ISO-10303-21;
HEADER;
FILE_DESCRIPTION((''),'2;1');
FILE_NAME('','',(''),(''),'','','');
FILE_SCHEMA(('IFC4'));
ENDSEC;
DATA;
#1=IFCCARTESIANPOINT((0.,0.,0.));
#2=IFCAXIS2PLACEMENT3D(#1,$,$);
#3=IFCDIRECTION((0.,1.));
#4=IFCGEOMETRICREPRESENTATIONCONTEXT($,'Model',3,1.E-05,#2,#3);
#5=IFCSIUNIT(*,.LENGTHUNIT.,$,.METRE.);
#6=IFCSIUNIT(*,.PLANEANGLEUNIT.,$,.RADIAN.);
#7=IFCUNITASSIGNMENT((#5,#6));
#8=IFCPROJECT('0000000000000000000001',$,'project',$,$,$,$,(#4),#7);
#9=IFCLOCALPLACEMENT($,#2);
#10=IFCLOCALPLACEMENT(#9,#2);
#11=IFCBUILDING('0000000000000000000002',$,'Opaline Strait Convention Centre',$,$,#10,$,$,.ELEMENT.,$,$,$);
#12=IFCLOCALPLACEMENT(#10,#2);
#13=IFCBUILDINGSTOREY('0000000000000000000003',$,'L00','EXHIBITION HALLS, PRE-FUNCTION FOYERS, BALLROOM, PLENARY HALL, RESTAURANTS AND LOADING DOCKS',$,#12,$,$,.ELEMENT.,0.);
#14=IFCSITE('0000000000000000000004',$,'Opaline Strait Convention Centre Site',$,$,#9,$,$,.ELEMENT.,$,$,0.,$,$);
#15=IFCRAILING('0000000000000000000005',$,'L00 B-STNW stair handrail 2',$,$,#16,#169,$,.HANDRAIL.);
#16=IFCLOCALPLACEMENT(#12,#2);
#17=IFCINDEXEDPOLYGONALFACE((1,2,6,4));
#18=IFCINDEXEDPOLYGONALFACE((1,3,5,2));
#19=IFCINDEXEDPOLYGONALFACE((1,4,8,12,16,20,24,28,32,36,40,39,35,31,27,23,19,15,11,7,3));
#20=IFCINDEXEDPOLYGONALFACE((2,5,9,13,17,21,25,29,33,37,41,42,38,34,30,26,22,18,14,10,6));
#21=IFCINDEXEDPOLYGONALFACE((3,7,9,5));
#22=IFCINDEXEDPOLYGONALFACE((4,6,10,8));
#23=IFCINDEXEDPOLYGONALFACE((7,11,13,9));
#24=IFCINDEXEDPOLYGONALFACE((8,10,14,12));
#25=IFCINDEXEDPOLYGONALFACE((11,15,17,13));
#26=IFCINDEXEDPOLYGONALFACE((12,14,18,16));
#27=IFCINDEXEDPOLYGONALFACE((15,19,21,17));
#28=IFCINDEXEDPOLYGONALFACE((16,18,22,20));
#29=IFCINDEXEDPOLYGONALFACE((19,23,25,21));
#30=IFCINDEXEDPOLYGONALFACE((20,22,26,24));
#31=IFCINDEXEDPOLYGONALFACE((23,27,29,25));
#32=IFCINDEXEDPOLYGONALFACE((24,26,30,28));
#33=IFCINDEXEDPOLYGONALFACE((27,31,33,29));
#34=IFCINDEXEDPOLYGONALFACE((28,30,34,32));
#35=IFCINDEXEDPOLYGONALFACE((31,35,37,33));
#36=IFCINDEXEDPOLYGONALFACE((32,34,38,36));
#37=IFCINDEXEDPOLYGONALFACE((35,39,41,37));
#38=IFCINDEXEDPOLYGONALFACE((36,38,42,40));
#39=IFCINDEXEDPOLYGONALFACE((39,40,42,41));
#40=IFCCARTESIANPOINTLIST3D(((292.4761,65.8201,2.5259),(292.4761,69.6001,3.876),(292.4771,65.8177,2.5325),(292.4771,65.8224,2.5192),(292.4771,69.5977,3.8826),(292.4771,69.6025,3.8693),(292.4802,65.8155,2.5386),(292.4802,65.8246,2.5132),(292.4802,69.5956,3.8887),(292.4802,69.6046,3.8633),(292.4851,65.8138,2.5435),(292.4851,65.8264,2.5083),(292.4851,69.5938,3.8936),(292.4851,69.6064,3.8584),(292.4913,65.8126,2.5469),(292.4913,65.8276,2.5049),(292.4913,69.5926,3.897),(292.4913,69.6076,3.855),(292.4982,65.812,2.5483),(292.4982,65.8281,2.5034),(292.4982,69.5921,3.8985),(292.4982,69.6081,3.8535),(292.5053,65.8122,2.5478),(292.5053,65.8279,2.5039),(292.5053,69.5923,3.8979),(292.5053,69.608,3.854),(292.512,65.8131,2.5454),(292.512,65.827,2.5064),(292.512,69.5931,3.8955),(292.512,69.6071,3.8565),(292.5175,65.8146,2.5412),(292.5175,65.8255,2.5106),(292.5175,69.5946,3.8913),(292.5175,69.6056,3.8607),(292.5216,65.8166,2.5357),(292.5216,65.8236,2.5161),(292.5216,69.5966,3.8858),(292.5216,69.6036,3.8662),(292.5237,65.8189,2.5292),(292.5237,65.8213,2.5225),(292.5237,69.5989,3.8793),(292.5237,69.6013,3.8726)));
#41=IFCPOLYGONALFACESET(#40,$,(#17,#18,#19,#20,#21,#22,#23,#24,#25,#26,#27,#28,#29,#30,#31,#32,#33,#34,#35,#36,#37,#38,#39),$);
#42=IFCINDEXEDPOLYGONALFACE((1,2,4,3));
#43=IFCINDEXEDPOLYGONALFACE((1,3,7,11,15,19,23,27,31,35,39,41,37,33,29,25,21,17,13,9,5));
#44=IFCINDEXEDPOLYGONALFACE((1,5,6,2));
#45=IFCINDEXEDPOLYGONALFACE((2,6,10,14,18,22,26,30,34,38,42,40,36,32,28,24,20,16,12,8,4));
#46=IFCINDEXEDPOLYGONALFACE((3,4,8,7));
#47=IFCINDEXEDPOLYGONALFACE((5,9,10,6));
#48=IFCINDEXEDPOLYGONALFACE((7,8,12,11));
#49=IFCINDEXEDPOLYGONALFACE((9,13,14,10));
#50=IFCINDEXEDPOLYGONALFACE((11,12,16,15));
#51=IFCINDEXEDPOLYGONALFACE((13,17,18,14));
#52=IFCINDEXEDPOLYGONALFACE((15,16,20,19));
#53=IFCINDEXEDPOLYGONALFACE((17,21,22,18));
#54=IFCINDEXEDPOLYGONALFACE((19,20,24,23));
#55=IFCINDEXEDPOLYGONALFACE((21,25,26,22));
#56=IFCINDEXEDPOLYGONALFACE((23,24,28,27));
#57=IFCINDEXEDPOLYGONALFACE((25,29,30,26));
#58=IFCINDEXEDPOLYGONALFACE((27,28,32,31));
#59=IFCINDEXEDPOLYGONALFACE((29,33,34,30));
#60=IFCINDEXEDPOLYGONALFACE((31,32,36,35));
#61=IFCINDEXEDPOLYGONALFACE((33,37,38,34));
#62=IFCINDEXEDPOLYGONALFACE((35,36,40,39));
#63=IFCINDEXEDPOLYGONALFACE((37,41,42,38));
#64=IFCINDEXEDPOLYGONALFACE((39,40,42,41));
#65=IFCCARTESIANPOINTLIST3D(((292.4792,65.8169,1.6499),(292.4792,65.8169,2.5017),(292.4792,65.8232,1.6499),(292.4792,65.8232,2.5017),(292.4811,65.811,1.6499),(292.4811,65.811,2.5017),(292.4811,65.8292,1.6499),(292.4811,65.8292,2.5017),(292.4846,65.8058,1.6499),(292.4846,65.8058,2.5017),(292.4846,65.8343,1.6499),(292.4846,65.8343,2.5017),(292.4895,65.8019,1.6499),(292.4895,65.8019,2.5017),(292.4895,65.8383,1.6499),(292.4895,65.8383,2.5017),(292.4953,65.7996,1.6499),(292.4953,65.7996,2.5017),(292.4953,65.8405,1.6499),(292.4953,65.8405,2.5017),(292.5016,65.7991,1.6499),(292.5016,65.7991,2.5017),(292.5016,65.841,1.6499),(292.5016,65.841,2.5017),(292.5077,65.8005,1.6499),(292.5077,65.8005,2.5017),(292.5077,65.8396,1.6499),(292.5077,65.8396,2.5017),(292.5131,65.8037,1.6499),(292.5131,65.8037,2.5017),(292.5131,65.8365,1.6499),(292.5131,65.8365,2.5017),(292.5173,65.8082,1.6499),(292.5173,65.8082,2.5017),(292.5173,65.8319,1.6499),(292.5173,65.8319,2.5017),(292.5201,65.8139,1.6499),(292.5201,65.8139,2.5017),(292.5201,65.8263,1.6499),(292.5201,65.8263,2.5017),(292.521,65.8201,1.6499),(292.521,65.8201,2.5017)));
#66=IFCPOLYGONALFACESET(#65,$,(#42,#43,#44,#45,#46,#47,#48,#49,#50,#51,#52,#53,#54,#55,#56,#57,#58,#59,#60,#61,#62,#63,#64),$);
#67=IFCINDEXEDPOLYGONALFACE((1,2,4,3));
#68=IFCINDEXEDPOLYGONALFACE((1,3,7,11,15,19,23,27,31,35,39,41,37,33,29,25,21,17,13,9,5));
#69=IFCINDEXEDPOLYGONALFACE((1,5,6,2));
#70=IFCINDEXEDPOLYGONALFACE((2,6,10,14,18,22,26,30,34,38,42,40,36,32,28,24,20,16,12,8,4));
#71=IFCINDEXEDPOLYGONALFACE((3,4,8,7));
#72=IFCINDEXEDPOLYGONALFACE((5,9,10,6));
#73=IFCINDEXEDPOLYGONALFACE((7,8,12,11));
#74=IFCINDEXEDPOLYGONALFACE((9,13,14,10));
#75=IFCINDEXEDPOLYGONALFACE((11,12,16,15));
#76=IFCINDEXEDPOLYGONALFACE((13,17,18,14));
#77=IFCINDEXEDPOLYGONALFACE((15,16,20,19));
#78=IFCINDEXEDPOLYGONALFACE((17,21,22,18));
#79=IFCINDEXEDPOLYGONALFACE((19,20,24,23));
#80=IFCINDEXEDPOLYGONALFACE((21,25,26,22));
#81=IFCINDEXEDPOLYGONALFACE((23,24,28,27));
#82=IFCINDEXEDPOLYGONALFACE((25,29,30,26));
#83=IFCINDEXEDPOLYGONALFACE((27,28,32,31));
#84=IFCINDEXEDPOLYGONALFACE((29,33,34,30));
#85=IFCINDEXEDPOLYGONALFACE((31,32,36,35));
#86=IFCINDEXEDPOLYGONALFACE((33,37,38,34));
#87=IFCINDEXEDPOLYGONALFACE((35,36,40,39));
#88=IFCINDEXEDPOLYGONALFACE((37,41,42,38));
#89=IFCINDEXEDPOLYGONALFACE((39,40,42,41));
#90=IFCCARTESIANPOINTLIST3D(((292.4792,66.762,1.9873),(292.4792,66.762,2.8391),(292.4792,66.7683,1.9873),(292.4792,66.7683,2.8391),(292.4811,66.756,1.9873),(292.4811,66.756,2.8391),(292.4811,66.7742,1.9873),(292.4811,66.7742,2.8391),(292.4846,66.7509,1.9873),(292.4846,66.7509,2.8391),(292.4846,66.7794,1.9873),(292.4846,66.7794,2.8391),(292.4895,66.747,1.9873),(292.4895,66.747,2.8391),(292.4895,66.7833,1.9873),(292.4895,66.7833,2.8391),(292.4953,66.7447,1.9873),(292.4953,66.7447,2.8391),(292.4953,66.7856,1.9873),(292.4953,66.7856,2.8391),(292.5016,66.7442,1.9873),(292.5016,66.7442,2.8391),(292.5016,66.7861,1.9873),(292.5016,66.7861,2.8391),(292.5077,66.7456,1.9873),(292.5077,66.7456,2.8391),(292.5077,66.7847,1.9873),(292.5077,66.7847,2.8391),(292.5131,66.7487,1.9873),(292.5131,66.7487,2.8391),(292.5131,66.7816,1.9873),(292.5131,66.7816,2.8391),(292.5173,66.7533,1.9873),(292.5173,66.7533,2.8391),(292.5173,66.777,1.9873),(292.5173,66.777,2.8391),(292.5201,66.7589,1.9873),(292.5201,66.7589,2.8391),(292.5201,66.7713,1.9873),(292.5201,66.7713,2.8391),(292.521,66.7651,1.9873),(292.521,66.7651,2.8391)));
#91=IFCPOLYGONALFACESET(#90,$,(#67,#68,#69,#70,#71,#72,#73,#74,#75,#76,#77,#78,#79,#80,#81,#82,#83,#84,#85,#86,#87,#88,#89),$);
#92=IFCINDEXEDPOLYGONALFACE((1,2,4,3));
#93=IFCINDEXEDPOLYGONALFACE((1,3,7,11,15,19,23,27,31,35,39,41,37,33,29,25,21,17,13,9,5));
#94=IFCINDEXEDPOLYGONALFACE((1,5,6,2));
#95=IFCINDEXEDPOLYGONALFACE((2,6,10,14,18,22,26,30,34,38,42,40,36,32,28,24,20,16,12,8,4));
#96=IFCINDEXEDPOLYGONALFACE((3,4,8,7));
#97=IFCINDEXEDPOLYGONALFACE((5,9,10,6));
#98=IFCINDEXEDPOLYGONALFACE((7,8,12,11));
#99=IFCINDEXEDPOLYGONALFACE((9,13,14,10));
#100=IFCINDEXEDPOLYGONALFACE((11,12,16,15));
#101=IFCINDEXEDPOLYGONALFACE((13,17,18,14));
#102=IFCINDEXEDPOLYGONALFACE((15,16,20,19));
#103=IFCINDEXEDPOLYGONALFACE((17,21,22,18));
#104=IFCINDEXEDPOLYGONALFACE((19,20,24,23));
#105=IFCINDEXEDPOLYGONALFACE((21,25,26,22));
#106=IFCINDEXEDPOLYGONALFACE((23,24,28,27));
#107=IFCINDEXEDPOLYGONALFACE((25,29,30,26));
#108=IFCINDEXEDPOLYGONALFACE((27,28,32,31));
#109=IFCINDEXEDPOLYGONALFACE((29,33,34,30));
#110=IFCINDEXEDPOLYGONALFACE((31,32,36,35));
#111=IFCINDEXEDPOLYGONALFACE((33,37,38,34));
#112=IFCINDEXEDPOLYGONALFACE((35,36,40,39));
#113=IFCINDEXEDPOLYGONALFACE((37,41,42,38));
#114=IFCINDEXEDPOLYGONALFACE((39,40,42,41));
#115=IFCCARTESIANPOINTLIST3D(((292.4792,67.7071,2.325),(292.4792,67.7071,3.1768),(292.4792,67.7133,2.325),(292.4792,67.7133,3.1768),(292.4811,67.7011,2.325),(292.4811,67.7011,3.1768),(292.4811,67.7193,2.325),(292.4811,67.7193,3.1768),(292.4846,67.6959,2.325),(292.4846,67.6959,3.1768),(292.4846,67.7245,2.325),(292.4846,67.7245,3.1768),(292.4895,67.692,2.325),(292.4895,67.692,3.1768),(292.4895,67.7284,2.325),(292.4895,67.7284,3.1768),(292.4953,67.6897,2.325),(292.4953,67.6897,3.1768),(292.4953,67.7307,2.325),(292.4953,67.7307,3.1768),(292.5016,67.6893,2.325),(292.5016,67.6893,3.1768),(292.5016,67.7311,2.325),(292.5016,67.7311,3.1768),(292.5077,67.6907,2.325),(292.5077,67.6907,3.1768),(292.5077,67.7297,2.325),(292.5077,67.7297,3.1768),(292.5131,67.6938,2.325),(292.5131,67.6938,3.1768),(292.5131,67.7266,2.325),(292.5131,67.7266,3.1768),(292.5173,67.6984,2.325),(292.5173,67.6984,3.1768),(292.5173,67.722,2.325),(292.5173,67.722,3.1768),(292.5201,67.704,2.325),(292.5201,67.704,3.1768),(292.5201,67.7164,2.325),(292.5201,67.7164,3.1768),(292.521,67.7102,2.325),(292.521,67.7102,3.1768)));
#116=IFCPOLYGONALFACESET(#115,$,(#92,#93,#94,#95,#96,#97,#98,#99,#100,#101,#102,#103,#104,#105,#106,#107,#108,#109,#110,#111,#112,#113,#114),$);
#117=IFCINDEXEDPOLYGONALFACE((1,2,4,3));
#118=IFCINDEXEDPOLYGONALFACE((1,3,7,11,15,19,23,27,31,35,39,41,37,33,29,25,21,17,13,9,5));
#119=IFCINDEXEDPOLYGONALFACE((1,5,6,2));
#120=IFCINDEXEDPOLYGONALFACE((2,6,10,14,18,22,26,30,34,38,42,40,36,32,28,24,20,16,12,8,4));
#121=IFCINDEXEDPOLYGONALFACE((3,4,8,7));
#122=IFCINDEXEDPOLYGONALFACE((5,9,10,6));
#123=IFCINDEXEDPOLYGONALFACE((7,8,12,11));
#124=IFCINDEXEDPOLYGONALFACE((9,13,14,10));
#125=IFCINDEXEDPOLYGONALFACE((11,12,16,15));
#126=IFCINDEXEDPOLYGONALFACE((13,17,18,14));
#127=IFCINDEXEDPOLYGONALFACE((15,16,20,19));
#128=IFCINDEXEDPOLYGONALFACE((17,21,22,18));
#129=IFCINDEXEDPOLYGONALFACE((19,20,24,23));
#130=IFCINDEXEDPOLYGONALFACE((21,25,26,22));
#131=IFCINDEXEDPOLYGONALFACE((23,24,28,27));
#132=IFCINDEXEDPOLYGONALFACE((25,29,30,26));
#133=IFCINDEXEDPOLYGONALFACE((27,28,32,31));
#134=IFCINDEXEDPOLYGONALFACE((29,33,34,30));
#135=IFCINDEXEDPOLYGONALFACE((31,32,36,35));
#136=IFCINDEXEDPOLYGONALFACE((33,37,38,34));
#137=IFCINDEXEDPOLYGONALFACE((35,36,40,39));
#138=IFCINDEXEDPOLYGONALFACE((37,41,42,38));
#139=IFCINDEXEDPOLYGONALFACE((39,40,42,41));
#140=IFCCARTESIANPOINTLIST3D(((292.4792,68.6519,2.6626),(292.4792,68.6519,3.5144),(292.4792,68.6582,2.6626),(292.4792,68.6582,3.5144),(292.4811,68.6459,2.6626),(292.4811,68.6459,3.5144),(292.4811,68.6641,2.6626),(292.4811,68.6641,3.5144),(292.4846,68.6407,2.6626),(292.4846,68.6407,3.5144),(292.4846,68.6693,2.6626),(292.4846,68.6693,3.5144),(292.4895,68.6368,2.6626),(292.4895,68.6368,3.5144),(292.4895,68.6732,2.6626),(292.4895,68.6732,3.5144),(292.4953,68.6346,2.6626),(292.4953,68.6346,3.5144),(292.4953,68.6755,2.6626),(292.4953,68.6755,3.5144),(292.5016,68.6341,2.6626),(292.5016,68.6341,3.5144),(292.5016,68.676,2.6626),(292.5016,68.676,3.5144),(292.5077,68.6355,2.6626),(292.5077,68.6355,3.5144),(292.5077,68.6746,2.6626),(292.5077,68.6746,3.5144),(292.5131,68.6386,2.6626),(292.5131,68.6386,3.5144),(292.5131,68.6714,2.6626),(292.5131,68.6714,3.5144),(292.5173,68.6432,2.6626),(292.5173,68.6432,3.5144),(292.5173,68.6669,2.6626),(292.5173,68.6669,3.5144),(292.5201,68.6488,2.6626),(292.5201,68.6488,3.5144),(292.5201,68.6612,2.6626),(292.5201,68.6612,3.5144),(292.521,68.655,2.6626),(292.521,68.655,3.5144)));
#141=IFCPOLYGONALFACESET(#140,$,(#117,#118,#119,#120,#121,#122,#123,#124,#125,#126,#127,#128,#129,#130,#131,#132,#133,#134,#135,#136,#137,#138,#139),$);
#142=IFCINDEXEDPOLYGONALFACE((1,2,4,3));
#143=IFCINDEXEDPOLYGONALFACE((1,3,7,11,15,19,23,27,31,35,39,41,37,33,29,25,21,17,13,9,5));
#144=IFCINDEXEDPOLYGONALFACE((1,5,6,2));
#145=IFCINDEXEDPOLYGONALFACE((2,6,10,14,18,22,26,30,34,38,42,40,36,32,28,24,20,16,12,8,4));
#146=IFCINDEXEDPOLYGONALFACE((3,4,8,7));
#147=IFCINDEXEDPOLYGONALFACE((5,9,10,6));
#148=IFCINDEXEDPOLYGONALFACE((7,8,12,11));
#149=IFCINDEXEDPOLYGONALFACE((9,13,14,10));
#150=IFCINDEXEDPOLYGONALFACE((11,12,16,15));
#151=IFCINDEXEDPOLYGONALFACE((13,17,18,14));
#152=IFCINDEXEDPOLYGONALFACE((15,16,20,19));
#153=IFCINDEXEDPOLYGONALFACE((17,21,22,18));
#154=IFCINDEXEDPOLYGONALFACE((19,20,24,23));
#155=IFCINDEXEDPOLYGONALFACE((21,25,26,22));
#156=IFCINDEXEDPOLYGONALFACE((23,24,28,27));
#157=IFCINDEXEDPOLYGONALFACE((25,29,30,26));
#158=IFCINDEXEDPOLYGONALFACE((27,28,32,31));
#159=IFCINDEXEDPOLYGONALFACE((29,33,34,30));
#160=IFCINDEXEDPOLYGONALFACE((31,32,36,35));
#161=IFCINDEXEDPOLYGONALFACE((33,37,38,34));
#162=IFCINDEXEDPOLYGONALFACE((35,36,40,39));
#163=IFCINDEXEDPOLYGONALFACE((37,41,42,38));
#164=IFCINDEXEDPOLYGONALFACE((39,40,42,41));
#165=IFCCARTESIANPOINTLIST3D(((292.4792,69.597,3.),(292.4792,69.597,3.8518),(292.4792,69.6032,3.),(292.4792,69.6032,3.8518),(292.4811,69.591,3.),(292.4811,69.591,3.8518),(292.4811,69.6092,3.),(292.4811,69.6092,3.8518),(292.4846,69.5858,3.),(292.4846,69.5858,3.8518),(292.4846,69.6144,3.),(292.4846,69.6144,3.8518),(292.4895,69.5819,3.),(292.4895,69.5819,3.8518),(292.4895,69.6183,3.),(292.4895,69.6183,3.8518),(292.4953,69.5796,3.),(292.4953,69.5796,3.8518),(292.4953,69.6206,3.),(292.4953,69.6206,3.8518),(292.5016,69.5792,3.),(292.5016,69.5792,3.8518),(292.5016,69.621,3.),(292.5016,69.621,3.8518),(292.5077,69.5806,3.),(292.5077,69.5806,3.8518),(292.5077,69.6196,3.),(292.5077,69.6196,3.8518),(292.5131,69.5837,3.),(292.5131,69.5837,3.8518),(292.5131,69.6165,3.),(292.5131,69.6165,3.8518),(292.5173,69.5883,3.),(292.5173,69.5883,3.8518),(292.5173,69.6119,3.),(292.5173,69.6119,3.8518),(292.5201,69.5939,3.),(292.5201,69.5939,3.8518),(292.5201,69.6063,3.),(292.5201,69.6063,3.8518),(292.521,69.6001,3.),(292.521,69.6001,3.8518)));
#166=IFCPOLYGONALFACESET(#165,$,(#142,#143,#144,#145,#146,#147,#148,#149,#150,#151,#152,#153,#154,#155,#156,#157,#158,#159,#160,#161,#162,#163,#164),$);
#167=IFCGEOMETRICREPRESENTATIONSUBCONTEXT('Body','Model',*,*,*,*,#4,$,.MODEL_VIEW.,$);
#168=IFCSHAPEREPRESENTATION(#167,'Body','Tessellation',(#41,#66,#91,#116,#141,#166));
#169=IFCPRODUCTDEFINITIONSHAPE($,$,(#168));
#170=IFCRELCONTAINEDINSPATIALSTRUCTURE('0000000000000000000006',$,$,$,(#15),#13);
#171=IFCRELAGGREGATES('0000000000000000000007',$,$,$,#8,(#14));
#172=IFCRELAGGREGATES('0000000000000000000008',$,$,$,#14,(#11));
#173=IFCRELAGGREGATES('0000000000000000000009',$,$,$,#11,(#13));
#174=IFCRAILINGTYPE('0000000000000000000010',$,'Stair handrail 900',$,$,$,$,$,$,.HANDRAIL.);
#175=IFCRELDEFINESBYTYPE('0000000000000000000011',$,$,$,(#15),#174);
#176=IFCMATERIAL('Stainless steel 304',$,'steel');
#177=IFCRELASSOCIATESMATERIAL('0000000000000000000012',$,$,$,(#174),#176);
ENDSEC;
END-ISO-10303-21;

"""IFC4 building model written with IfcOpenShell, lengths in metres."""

from ifc_helpers import new_model, si_unit, direction, frame, origin, origin_2d, place, context, subcontext, project, spatial, circle, extrude, material, type_object, element, save


model = new_model("IFC4")

# Units and contexts
model_context = context("Model", 3, precision=1e-05, world=origin(), true_north=direction((0.0, 1.0)))
body_context = subcontext(model_context, "Body", "Model", "MODEL_VIEW")
ifc_project = project(units=[si_unit("LENGTHUNIT", "METRE"), si_unit("PLANEANGLEUNIT", "RADIAN")], contexts=[model_context])

# Site, building, storey
site_placement = place(None, origin())
site = spatial("IfcSite", under=ifc_project, at=site_placement, Name="Opaline Strait Convention Centre Site", CompositionType="ELEMENT", RefElevation=0.0)
building_placement = place(site_placement, origin())
building = spatial("IfcBuilding", under=site, at=building_placement, Name="Opaline Strait Convention Centre", CompositionType="ELEMENT")
storey_placement = place(building_placement, origin())
storey = spatial("IfcBuildingStorey", under=building, at=storey_placement, Name="L00", Description="EXHIBITION HALLS, PRE-FUNCTION FOYERS, BALLROOM, PLENARY HALL, RESTAURANTS AND LOADING DOCKS", CompositionType="ELEMENT", Elevation=0.0)

# Railing
ifc_material_1 = material(Name="Stainless steel 304", Category="steel")
railing_type_1 = type_object("IfcRailingType", Name="Stair handrail 900", PredefinedType="HANDRAIL", material=ifc_material_1)
railing_1_placement = place(storey_placement, frame((292.5, 65.8201, 1.6499)))
element("IfcRailing", 1, at=railing_1_placement, inside=storey, type_object=railing_type_1, Name="L00 B-STNW stair handrail 2", PredefinedType="HANDRAIL", context=body_context, shape_type="SweptSolid", body=[
    extrude(circle(Radius=0.0239, at=origin_2d()), frame((0.0, 0.0, 0.876), z_axis=(0.0, 0.941735, 0.336356), x_axis=(-1.0, 0.0, 0.0)), (0.0, 0.0, 1.0), 4.0139),
    extrude(circle(Radius=0.021, at=origin_2d()), origin(), (0.0, 0.0, 1.0), 0.8518),
    extrude(circle(Radius=0.021, at=origin_2d()), frame((0.0, 0.9451, 0.3374)), (0.0, 0.0, 1.0), 0.8518),
    extrude(circle(Radius=0.021, at=origin_2d()), frame((0.0, 1.8901, 0.675)), (0.0, 0.0, 1.0), 0.8518),
    extrude(circle(Radius=0.021, at=origin_2d()), frame((0.0, 2.835, 1.0127)), (0.0, 0.0, 1.0), 0.8518),
    extrude(circle(Radius=0.021, at=origin_2d()), frame((0.0, 3.78, 1.3501)), (0.0, 0.0, 1.0), 0.8518),
])

save(model, "model.ifc")
